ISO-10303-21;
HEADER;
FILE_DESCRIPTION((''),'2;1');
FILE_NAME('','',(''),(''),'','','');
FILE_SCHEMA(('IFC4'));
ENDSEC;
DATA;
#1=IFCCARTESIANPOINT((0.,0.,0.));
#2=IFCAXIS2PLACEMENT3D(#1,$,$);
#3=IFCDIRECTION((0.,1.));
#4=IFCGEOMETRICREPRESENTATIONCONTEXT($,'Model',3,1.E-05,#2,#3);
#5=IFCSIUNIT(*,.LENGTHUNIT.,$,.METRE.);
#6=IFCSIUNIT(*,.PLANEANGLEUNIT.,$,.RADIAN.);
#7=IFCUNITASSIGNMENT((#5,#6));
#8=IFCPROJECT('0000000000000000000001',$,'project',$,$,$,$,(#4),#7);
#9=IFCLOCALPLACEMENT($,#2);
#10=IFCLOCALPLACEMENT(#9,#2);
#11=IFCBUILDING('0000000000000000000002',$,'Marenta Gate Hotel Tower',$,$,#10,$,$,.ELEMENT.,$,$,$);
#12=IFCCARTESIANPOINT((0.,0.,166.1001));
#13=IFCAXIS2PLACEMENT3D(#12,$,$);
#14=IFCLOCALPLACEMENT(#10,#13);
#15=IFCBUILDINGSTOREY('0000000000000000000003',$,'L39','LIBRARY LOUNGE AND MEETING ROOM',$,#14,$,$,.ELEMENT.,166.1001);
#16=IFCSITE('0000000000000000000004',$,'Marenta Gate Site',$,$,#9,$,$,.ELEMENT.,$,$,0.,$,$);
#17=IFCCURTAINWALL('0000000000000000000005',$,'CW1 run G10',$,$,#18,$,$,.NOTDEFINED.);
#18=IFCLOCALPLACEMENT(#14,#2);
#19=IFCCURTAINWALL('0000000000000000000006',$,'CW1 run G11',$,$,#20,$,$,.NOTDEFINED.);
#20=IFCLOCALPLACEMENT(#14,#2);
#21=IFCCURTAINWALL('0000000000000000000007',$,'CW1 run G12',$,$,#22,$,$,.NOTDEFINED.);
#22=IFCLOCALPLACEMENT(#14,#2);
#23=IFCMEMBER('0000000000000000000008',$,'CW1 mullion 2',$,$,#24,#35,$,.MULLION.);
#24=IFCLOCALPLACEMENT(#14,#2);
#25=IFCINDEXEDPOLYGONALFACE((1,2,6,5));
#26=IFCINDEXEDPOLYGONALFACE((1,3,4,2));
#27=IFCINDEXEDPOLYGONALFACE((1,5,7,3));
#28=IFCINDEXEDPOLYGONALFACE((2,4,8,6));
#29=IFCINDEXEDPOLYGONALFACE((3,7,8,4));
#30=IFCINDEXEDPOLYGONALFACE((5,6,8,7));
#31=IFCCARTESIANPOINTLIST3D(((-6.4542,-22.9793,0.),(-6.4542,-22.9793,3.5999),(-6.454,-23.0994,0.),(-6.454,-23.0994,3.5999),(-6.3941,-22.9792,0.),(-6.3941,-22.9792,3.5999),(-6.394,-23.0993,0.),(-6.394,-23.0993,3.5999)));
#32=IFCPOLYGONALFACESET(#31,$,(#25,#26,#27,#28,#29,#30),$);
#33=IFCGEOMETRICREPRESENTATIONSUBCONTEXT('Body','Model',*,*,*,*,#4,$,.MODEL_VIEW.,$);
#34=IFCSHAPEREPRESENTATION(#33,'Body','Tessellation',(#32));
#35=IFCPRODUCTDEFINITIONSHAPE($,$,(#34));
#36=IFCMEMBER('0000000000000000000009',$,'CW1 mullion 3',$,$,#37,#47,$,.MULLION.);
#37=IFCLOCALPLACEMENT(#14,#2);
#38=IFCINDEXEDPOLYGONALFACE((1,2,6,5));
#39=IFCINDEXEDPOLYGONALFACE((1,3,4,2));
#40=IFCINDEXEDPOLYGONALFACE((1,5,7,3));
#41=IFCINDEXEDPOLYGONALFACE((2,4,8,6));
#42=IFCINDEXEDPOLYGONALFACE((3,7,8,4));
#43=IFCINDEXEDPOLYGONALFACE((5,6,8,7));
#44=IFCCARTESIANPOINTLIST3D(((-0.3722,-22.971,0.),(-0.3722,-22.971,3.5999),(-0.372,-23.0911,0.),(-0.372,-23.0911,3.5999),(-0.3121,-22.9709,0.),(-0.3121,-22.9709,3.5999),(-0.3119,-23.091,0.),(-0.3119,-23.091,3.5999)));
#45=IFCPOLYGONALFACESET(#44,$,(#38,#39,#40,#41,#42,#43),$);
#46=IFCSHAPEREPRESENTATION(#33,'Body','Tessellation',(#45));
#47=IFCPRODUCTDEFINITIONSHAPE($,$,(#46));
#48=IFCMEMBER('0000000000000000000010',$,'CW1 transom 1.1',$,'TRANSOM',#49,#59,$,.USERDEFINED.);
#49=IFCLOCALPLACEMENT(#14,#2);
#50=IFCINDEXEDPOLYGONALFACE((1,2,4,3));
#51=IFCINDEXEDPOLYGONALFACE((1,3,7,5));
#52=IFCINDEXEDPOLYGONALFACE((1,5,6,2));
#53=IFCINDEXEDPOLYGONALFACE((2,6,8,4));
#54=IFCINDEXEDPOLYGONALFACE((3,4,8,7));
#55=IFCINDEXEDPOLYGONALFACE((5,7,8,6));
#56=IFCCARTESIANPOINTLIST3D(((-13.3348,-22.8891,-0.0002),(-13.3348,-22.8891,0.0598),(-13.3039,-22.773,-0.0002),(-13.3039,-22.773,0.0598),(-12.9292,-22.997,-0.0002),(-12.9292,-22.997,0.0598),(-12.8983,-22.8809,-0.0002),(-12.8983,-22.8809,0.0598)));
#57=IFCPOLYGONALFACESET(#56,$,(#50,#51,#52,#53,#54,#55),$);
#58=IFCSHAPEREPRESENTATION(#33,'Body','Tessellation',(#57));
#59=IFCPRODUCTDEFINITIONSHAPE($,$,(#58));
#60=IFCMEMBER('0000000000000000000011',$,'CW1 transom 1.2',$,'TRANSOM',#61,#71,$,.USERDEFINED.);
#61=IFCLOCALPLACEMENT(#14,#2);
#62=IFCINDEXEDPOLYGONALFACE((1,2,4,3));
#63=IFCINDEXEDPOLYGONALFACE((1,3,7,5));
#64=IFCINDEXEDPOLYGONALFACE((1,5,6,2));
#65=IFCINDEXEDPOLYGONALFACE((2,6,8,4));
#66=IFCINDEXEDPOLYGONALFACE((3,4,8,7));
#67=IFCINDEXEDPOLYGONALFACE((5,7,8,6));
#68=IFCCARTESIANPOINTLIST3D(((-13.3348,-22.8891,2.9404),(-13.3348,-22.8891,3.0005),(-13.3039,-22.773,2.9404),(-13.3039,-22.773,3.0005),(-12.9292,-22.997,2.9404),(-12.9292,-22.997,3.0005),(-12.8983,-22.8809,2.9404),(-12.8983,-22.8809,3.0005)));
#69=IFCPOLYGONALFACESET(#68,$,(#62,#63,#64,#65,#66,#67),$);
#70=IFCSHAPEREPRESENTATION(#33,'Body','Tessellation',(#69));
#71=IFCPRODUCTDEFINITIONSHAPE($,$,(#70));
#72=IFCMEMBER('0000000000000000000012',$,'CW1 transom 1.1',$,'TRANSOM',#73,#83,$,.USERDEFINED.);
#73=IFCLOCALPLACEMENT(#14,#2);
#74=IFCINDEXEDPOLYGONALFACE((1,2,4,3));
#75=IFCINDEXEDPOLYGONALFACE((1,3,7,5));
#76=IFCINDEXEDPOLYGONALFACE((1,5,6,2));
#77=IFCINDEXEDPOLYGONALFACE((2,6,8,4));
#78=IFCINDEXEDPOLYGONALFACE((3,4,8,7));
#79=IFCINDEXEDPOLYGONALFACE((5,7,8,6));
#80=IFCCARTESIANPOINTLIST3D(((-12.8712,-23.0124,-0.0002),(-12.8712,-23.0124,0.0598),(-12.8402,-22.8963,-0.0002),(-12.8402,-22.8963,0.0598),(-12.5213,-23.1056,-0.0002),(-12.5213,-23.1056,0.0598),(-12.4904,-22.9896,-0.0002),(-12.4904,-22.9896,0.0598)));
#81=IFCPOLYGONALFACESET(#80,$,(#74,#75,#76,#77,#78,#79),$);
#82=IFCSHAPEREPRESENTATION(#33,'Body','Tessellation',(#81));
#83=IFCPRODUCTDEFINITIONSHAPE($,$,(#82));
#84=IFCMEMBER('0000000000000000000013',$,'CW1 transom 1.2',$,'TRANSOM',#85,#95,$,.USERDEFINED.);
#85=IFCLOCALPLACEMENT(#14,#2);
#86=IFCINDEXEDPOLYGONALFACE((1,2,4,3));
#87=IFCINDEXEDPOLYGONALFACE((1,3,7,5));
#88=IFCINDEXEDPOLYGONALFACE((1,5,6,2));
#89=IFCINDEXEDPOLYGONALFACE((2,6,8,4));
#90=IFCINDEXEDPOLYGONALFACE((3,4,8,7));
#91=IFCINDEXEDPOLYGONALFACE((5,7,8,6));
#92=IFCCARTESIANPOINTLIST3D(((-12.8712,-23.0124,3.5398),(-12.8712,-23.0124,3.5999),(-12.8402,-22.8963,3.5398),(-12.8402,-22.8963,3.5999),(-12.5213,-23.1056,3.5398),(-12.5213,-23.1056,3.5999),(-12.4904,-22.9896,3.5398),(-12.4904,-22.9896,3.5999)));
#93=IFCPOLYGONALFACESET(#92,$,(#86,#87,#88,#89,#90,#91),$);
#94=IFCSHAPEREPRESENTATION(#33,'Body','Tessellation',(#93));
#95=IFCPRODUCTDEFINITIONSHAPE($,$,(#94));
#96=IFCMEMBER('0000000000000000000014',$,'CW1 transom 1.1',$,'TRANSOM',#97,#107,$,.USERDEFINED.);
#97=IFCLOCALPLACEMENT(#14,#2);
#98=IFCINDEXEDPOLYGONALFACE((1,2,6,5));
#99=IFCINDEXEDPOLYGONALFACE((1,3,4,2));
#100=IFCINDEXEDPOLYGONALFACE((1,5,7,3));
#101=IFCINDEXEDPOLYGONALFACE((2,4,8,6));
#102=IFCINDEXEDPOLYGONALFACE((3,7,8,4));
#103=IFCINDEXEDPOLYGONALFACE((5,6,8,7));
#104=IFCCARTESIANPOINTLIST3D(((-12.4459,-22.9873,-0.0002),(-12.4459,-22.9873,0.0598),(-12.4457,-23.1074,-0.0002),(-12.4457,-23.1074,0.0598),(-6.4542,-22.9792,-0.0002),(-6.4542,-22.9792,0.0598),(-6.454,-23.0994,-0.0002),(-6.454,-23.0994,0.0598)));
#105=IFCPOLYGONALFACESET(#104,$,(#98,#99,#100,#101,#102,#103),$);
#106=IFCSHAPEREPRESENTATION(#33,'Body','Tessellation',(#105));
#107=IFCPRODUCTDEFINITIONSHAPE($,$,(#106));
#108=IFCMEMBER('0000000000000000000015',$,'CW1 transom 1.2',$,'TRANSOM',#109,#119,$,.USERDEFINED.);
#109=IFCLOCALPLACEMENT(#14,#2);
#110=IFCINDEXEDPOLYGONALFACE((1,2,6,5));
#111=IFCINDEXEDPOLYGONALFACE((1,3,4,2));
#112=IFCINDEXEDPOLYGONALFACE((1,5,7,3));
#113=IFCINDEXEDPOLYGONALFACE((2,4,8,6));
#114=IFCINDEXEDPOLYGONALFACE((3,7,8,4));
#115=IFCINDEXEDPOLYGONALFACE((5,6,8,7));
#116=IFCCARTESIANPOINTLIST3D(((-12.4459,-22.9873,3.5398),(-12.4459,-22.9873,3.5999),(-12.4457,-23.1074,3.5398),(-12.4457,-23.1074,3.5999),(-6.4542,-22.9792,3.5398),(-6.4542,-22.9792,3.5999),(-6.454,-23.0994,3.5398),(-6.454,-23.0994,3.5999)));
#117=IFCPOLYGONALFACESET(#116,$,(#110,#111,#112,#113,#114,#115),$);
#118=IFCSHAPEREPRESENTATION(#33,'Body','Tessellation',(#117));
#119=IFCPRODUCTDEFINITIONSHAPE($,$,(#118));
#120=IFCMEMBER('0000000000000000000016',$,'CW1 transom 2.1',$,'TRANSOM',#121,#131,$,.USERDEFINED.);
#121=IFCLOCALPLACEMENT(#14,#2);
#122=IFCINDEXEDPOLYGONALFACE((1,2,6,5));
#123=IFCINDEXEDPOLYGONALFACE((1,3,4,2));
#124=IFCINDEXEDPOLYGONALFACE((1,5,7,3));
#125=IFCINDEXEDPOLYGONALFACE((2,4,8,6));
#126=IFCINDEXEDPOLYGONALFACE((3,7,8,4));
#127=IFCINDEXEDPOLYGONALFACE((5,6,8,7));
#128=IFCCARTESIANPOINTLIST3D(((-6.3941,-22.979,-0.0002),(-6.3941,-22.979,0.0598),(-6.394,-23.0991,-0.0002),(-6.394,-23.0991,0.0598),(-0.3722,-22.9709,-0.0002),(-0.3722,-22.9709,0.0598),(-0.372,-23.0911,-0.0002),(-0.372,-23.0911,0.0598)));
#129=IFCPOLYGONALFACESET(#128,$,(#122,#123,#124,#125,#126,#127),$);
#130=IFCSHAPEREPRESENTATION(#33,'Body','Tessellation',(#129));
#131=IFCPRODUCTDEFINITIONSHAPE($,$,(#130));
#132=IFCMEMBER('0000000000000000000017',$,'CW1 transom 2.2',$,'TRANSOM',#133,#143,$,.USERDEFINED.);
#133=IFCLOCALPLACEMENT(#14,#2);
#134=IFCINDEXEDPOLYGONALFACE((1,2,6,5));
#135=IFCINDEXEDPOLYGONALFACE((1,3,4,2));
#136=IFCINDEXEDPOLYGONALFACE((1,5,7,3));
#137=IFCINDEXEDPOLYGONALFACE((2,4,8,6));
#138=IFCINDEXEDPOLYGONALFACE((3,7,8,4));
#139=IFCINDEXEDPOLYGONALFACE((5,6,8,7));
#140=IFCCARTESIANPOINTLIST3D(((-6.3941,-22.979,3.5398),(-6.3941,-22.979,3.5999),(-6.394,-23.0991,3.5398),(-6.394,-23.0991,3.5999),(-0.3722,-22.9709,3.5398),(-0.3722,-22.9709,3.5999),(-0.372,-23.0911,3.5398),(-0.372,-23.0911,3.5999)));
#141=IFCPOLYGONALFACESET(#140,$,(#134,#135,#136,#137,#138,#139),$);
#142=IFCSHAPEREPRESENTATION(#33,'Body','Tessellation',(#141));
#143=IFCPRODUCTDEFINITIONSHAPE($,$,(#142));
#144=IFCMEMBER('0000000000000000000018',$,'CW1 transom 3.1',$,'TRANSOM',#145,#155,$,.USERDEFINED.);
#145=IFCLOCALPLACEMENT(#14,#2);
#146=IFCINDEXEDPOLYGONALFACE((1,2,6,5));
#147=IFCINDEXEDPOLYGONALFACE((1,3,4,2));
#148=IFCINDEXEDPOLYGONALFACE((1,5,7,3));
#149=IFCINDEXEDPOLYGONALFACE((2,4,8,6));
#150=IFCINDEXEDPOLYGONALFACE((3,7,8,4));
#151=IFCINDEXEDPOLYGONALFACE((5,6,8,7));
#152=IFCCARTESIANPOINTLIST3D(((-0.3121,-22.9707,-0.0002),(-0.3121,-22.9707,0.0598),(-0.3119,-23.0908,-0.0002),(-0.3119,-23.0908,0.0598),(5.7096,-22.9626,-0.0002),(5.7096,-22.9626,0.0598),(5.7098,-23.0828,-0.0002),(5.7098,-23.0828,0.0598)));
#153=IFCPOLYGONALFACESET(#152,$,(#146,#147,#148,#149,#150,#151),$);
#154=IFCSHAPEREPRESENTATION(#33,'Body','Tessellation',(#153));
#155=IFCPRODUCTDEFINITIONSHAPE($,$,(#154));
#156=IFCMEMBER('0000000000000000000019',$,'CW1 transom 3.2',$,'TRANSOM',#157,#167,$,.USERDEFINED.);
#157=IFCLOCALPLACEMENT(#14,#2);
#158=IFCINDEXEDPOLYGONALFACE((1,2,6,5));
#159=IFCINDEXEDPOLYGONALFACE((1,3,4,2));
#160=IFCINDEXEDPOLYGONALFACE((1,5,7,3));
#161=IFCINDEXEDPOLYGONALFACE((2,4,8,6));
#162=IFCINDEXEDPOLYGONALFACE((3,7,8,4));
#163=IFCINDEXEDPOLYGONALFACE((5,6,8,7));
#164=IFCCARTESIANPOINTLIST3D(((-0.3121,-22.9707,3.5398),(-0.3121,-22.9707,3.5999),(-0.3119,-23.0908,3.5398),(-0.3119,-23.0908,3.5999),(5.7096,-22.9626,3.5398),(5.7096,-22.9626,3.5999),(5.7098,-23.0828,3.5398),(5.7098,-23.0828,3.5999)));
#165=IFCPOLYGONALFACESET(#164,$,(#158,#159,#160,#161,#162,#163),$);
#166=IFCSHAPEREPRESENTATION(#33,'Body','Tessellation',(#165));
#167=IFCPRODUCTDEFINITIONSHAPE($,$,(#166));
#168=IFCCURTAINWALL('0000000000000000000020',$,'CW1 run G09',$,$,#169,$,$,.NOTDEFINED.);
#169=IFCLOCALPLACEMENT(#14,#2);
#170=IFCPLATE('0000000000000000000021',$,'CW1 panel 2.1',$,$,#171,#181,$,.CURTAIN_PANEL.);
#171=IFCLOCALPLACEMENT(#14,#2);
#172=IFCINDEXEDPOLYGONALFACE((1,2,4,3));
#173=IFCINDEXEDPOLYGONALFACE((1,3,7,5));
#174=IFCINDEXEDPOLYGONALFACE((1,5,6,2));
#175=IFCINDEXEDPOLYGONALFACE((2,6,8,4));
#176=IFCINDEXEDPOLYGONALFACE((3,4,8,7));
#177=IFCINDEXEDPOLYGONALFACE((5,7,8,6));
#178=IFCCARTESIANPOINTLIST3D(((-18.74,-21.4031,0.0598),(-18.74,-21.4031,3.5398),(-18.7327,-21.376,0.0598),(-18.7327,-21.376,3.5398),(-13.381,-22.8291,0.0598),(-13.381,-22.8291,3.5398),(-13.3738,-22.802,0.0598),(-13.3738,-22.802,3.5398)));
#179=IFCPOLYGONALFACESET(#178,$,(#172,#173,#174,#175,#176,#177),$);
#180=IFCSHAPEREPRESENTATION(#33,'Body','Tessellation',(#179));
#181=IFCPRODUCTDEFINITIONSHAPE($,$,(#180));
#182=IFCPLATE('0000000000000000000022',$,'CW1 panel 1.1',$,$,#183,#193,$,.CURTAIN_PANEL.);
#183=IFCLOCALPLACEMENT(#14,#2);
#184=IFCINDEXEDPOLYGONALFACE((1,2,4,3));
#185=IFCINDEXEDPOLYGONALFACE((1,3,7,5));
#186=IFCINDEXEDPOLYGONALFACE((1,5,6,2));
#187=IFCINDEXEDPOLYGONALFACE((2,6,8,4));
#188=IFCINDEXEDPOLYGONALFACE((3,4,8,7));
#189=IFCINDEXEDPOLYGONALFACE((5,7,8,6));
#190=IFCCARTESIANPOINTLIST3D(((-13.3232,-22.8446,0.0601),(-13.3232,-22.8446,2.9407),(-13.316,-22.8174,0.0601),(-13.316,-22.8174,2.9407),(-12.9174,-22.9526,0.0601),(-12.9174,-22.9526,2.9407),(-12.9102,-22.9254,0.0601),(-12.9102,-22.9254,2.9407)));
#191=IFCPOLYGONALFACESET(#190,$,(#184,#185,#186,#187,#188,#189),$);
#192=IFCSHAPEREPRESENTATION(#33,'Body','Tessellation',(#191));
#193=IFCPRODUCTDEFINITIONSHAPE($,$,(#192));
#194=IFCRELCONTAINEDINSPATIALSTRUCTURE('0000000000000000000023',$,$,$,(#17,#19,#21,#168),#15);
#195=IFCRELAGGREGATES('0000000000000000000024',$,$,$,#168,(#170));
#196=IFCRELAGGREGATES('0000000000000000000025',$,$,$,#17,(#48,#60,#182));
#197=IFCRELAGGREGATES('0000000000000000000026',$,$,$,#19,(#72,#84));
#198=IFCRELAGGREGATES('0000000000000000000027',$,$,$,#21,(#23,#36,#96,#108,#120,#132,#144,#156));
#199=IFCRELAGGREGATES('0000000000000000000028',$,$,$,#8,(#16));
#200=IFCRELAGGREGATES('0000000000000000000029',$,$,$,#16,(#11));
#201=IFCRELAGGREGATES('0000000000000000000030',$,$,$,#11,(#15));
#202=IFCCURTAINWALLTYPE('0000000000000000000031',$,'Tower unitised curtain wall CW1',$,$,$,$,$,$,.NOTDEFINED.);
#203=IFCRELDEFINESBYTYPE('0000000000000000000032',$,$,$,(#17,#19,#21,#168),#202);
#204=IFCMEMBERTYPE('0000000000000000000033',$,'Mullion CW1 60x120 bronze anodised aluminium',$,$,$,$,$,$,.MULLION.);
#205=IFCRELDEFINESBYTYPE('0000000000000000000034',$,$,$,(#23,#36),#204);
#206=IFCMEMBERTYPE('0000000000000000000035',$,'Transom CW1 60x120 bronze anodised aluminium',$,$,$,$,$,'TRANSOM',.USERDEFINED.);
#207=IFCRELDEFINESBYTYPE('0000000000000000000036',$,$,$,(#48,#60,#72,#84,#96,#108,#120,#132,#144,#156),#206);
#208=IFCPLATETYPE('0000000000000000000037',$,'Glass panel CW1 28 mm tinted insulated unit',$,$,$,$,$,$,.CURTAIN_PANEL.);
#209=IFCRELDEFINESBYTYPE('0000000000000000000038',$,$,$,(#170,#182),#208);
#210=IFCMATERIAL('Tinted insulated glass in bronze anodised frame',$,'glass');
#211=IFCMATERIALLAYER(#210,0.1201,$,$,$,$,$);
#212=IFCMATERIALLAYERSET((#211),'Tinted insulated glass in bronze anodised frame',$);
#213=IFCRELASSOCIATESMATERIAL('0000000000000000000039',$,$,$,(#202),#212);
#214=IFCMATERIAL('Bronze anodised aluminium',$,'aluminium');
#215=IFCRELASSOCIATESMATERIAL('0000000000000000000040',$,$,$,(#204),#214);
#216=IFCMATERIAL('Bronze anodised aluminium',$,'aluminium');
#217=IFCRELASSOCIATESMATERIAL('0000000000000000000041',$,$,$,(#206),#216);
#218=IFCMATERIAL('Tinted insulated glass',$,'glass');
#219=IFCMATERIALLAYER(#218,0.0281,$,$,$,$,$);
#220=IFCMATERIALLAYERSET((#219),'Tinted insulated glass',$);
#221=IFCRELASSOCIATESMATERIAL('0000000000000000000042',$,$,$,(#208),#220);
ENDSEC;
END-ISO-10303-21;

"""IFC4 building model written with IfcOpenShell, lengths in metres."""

from ifc_helpers import new_model, si_unit, direction, frame, origin, origin_2d, place, context, subcontext, project, spatial, rectangle, extrude, material, layer, layer_set, material_profile, profile_set, type_object, element, aggregate, save


model = new_model("IFC4")

# Units and contexts
model_context = context("Model", 3, precision=1e-05, world=origin(), true_north=direction((0.0, 1.0)))
body_context = subcontext(model_context, "Body", "Model", "MODEL_VIEW")
ifc_project = project(units=[si_unit("LENGTHUNIT", "METRE"), si_unit("PLANEANGLEUNIT", "RADIAN")], contexts=[model_context])

# Site, building, storey
site_placement = place(None, origin())
site = spatial("IfcSite", under=ifc_project, at=site_placement, Name="Marenta Gate Site", CompositionType="ELEMENT", RefElevation=0.0)
building_placement = place(site_placement, origin())
building = spatial("IfcBuilding", under=site, at=building_placement, Name="Marenta Gate Hotel Tower", CompositionType="ELEMENT")
storey_placement = place(building_placement, frame((0.0, 0.0, 166.1001)))
storey = spatial("IfcBuildingStorey", under=building, at=storey_placement, Name="L39", Description="LIBRARY LOUNGE AND MEETING ROOM", CompositionType="ELEMENT", Elevation=166.1001)

# Curtain walls
ifc_material_1 = material(Name="Tinted insulated glass in bronze anodised frame", Category="glass")
ifc_layer_1 = layer(ifc_material_1, 0.1201)
ifc_layer_set_1 = layer_set([ifc_layer_1], Name="Tinted insulated glass in bronze anodised frame")
curtain_wall_type = type_object("IfcCurtainWallType", Name="Tower unitised curtain wall CW1", PredefinedType="NOTDEFINED", material=ifc_layer_set_1)
curtain_wall_1_placement = place(storey_placement, origin())
curtain_wall_1 = element("IfcCurtainWall", 1, at=curtain_wall_1_placement, inside=storey, type_object=curtain_wall_type, Name="CW1 run G10", PredefinedType="NOTDEFINED")
ifc_material_2 = material(Name="Bronze anodised aluminium", Category="aluminium")
ifc_material_profile_1 = material_profile(ifc_material_2, rectangle(XDim=0.1201, YDim=0.0601, at=origin_2d()), Name="Mullion CW1 60x120 bronze anodised aluminium")
ifc_profile_set_1 = profile_set([ifc_material_profile_1], Name="Bronze anodised aluminium")
member_type_1 = type_object("IfcMemberType", Name="Mullion CW1 60x120 bronze anodised aluminium", PredefinedType="MULLION", material=ifc_profile_set_1)
curtain_wall_2_placement = place(storey_placement, origin())
curtain_wall_2 = element("IfcCurtainWall", 2, at=curtain_wall_2_placement, inside=storey, type_object=curtain_wall_type, Name="CW1 run G11", PredefinedType="NOTDEFINED")

# Curtain wall, members
curtain_wall_3_placement = place(storey_placement, origin())
curtain_wall_3 = element("IfcCurtainWall", 3, at=curtain_wall_3_placement, inside=storey, type_object=curtain_wall_type, Name="CW1 run G12", PredefinedType="NOTDEFINED")
member_1_placement = place(storey_placement, frame((-6.4241, -23.0393, 0.0), z_axis=(0.0, 0.0, 1.0), x_axis=(-0.001365, 0.999999, 0.0)))
member_1 = element("IfcMember", 4, at=member_1_placement, type_object=member_type_1, Name="CW1 mullion 2", PredefinedType="MULLION", context=body_context, shape_type="SweptSolid", body=[
    extrude(rectangle(XDim=0.1201, YDim=0.0601, at=origin_2d()), origin(), (0.0, 0.0, 1.0), 3.5999),
])
member_2_placement = place(storey_placement, frame((-0.342, -23.031, 0.0), z_axis=(0.0, 0.0, 1.0), x_axis=(-0.001365, 0.999999, 0.0)))
member_2 = element("IfcMember", 5, at=member_2_placement, type_object=member_type_1, Name="CW1 mullion 3", PredefinedType="MULLION", context=body_context, shape_type="SweptSolid", body=[
    extrude(rectangle(XDim=0.1201, YDim=0.0601, at=origin_2d()), origin(), (0.0, 0.0, 1.0), 3.5999),
])

# Members
ifc_material_3 = material(Name="Bronze anodised aluminium", Category="aluminium")
ifc_material_profile_2 = material_profile(ifc_material_3, rectangle(XDim=0.1201, YDim=0.0601, at=origin_2d()), Name="Transom CW1 60x120 bronze anodised aluminium")
ifc_profile_set_2 = profile_set([ifc_material_profile_2], Name="Bronze anodised aluminium")
member_type_2 = type_object("IfcMemberType", Name="Transom CW1 60x120 bronze anodised aluminium", ElementType="TRANSOM", PredefinedType="USERDEFINED", material=ifc_profile_set_2)
member_3_placement = place(storey_placement, frame((-13.3193, -22.8311, 0.0298), z_axis=(0.96637, -0.257156, 0.0), x_axis=(0.257156, 0.96637, 0.0)))
member_3 = element("IfcMember", 6, at=member_3_placement, type_object=member_type_2, Name="CW1 transom 1.1", ObjectType="TRANSOM", PredefinedType="USERDEFINED", context=body_context, shape_type="SweptSolid", body=[
    extrude(rectangle(XDim=0.1201, YDim=0.0601, at=origin_2d()), origin(), (0.0, 0.0, 1.0), 0.4197),
])
member_4_placement = place(storey_placement, frame((-13.3193, -22.8311, 2.9705), z_axis=(0.96637, -0.257156, 0.0), x_axis=(0.257156, 0.96637, 0.0)))
member_4 = element("IfcMember", 7, at=member_4_placement, type_object=member_type_2, Name="CW1 transom 1.2", ObjectType="TRANSOM", PredefinedType="USERDEFINED", context=body_context, shape_type="SweptSolid", body=[
    extrude(rectangle(XDim=0.1201, YDim=0.0601, at=origin_2d()), origin(), (0.0, 0.0, 1.0), 0.4197),
])
member_5_placement = place(storey_placement, frame((-12.8557, -22.9543, 0.0298), z_axis=(0.966257, -0.257579, 0.0), x_axis=(0.257579, 0.966257, 0.0)))
member_5 = element("IfcMember", 8, at=member_5_placement, type_object=member_type_2, Name="CW1 transom 1.1", ObjectType="TRANSOM", PredefinedType="USERDEFINED", context=body_context, shape_type="SweptSolid", body=[
    extrude(rectangle(XDim=0.1201, YDim=0.0601, at=origin_2d()), origin(), (0.0, 0.0, 1.0), 0.3621),
])
member_6_placement = place(storey_placement, frame((-12.8557, -22.9543, 3.5698), z_axis=(0.966257, -0.257579, 0.0), x_axis=(0.257579, 0.966257, 0.0)))
member_6 = element("IfcMember", 9, at=member_6_placement, type_object=member_type_2, Name="CW1 transom 1.2", ObjectType="TRANSOM", PredefinedType="USERDEFINED", context=body_context, shape_type="SweptSolid", body=[
    extrude(rectangle(XDim=0.1201, YDim=0.0601, at=origin_2d()), origin(), (0.0, 0.0, 1.0), 0.3621),
])
member_7_placement = place(storey_placement, frame((-12.4458, -23.0474, 0.0298), z_axis=(0.999999, 0.001345, 0.0), x_axis=(-0.001345, 0.999999, 0.0)))
member_7 = element("IfcMember", 10, at=member_7_placement, type_object=member_type_2, Name="CW1 transom 1.1", ObjectType="TRANSOM", PredefinedType="USERDEFINED", context=body_context, shape_type="SweptSolid", body=[
    extrude(rectangle(XDim=0.1201, YDim=0.0601, at=origin_2d()), origin(), (0.0, 0.0, 1.0), 5.9917),
])
member_8_placement = place(storey_placement, frame((-12.4458, -23.0474, 3.5698), z_axis=(0.999999, 0.001345, 0.0), x_axis=(-0.001345, 0.999999, 0.0)))
member_8 = element("IfcMember", 11, at=member_8_placement, type_object=member_type_2, Name="CW1 transom 1.2", ObjectType="TRANSOM", PredefinedType="USERDEFINED", context=body_context, shape_type="SweptSolid", body=[
    extrude(rectangle(XDim=0.1201, YDim=0.0601, at=origin_2d()), origin(), (0.0, 0.0, 1.0), 5.9917),
])
member_9_placement = place(storey_placement, frame((-6.394, -23.0391, 0.0298), z_axis=(0.999999, 0.001338, 0.0), x_axis=(-0.001338, 0.999999, 0.0)))
member_9 = element("IfcMember", 12, at=member_9_placement, type_object=member_type_2, Name="CW1 transom 2.1", ObjectType="TRANSOM", PredefinedType="USERDEFINED", context=body_context, shape_type="SweptSolid", body=[
    extrude(rectangle(XDim=0.1201, YDim=0.0601, at=origin_2d()), origin(), (0.0, 0.0, 1.0), 6.022),
])
member_10_placement = place(storey_placement, frame((-6.394, -23.0391, 3.5698), z_axis=(0.999999, 0.001338, 0.0), x_axis=(-0.001338, 0.999999, 0.0)))
member_10 = element("IfcMember", 13, at=member_10_placement, type_object=member_type_2, Name="CW1 transom 2.2", ObjectType="TRANSOM", PredefinedType="USERDEFINED", context=body_context, shape_type="SweptSolid", body=[
    extrude(rectangle(XDim=0.1201, YDim=0.0601, at=origin_2d()), origin(), (0.0, 0.0, 1.0), 6.022),
])
member_11_placement = place(storey_placement, frame((-0.312, -23.0308, 0.0298), z_axis=(0.999999, 0.001338, 0.0), x_axis=(-0.001338, 0.999999, 0.0)))
member_11 = element("IfcMember", 14, at=member_11_placement, type_object=member_type_2, Name="CW1 transom 3.1", ObjectType="TRANSOM", PredefinedType="USERDEFINED", context=body_context, shape_type="SweptSolid", body=[
    extrude(rectangle(XDim=0.1201, YDim=0.0601, at=origin_2d()), origin(), (0.0, 0.0, 1.0), 6.0217),
])
member_12_placement = place(storey_placement, frame((-0.312, -23.0308, 3.5698), z_axis=(0.999999, 0.001338, 0.0), x_axis=(-0.001338, 0.999999, 0.0)))
member_12 = element("IfcMember", 15, at=member_12_placement, type_object=member_type_2, Name="CW1 transom 3.2", ObjectType="TRANSOM", PredefinedType="USERDEFINED", context=body_context, shape_type="SweptSolid", body=[
    extrude(rectangle(XDim=0.1201, YDim=0.0601, at=origin_2d()), origin(), (0.0, 0.0, 1.0), 6.0217),
])

# Curtain wall, plate
curtain_wall_4_placement = place(storey_placement, origin())
curtain_wall_4 = element("IfcCurtainWall", 16, at=curtain_wall_4_placement, inside=storey, type_object=curtain_wall_type, Name="CW1 run G09", PredefinedType="NOTDEFINED")
ifc_material_4 = material(Name="Tinted insulated glass", Category="glass")
ifc_layer_2 = layer(ifc_material_4, 0.0281)
ifc_layer_set_2 = layer_set([ifc_layer_2], Name="Tinted insulated glass")
plate_type = type_object("IfcPlateType", Name="Glass panel CW1 28 mm tinted insulated unit", PredefinedType="CURTAIN_PANEL", material=ifc_layer_set_2)
plate_1_placement = place(storey_placement, frame((-16.0569, -22.1025, 0.0598), z_axis=(0.0, 0.0, 1.0), x_axis=(0.966373, -0.257144, 0.0)))
plate_1 = element("IfcPlate", 17, at=plate_1_placement, type_object=plate_type, Name="CW1 panel 2.1", PredefinedType="CURTAIN_PANEL", context=body_context, shape_type="SweptSolid", body=[
    extrude(rectangle(XDim=5.5454, YDim=0.0281, at=origin_2d()), origin(), (0.0, 0.0, 1.0), 3.48),
])
aggregate(curtain_wall_4, [plate_1])

# Plate
plate_2_placement = place(storey_placement, frame((-13.1167, -22.885, 0.0601), z_axis=(0.0, 0.0, 1.0), x_axis=(0.966366, -0.25717, 0.0)))
plate_2 = element("IfcPlate", 18, at=plate_2_placement, type_object=plate_type, Name="CW1 panel 1.1", PredefinedType="CURTAIN_PANEL", context=body_context, shape_type="SweptSolid", body=[
    extrude(rectangle(XDim=0.4199, YDim=0.0281, at=origin_2d()), origin(), (0.0, 0.0, 1.0), 2.8806),
])
aggregate(curtain_wall_1, [member_3, member_4, plate_2])
aggregate(curtain_wall_2, [member_5, member_6])
aggregate(curtain_wall_3, [member_1, member_2, member_7, member_8, member_9, member_10, member_11, member_12])

save(model, "model.ifc")
